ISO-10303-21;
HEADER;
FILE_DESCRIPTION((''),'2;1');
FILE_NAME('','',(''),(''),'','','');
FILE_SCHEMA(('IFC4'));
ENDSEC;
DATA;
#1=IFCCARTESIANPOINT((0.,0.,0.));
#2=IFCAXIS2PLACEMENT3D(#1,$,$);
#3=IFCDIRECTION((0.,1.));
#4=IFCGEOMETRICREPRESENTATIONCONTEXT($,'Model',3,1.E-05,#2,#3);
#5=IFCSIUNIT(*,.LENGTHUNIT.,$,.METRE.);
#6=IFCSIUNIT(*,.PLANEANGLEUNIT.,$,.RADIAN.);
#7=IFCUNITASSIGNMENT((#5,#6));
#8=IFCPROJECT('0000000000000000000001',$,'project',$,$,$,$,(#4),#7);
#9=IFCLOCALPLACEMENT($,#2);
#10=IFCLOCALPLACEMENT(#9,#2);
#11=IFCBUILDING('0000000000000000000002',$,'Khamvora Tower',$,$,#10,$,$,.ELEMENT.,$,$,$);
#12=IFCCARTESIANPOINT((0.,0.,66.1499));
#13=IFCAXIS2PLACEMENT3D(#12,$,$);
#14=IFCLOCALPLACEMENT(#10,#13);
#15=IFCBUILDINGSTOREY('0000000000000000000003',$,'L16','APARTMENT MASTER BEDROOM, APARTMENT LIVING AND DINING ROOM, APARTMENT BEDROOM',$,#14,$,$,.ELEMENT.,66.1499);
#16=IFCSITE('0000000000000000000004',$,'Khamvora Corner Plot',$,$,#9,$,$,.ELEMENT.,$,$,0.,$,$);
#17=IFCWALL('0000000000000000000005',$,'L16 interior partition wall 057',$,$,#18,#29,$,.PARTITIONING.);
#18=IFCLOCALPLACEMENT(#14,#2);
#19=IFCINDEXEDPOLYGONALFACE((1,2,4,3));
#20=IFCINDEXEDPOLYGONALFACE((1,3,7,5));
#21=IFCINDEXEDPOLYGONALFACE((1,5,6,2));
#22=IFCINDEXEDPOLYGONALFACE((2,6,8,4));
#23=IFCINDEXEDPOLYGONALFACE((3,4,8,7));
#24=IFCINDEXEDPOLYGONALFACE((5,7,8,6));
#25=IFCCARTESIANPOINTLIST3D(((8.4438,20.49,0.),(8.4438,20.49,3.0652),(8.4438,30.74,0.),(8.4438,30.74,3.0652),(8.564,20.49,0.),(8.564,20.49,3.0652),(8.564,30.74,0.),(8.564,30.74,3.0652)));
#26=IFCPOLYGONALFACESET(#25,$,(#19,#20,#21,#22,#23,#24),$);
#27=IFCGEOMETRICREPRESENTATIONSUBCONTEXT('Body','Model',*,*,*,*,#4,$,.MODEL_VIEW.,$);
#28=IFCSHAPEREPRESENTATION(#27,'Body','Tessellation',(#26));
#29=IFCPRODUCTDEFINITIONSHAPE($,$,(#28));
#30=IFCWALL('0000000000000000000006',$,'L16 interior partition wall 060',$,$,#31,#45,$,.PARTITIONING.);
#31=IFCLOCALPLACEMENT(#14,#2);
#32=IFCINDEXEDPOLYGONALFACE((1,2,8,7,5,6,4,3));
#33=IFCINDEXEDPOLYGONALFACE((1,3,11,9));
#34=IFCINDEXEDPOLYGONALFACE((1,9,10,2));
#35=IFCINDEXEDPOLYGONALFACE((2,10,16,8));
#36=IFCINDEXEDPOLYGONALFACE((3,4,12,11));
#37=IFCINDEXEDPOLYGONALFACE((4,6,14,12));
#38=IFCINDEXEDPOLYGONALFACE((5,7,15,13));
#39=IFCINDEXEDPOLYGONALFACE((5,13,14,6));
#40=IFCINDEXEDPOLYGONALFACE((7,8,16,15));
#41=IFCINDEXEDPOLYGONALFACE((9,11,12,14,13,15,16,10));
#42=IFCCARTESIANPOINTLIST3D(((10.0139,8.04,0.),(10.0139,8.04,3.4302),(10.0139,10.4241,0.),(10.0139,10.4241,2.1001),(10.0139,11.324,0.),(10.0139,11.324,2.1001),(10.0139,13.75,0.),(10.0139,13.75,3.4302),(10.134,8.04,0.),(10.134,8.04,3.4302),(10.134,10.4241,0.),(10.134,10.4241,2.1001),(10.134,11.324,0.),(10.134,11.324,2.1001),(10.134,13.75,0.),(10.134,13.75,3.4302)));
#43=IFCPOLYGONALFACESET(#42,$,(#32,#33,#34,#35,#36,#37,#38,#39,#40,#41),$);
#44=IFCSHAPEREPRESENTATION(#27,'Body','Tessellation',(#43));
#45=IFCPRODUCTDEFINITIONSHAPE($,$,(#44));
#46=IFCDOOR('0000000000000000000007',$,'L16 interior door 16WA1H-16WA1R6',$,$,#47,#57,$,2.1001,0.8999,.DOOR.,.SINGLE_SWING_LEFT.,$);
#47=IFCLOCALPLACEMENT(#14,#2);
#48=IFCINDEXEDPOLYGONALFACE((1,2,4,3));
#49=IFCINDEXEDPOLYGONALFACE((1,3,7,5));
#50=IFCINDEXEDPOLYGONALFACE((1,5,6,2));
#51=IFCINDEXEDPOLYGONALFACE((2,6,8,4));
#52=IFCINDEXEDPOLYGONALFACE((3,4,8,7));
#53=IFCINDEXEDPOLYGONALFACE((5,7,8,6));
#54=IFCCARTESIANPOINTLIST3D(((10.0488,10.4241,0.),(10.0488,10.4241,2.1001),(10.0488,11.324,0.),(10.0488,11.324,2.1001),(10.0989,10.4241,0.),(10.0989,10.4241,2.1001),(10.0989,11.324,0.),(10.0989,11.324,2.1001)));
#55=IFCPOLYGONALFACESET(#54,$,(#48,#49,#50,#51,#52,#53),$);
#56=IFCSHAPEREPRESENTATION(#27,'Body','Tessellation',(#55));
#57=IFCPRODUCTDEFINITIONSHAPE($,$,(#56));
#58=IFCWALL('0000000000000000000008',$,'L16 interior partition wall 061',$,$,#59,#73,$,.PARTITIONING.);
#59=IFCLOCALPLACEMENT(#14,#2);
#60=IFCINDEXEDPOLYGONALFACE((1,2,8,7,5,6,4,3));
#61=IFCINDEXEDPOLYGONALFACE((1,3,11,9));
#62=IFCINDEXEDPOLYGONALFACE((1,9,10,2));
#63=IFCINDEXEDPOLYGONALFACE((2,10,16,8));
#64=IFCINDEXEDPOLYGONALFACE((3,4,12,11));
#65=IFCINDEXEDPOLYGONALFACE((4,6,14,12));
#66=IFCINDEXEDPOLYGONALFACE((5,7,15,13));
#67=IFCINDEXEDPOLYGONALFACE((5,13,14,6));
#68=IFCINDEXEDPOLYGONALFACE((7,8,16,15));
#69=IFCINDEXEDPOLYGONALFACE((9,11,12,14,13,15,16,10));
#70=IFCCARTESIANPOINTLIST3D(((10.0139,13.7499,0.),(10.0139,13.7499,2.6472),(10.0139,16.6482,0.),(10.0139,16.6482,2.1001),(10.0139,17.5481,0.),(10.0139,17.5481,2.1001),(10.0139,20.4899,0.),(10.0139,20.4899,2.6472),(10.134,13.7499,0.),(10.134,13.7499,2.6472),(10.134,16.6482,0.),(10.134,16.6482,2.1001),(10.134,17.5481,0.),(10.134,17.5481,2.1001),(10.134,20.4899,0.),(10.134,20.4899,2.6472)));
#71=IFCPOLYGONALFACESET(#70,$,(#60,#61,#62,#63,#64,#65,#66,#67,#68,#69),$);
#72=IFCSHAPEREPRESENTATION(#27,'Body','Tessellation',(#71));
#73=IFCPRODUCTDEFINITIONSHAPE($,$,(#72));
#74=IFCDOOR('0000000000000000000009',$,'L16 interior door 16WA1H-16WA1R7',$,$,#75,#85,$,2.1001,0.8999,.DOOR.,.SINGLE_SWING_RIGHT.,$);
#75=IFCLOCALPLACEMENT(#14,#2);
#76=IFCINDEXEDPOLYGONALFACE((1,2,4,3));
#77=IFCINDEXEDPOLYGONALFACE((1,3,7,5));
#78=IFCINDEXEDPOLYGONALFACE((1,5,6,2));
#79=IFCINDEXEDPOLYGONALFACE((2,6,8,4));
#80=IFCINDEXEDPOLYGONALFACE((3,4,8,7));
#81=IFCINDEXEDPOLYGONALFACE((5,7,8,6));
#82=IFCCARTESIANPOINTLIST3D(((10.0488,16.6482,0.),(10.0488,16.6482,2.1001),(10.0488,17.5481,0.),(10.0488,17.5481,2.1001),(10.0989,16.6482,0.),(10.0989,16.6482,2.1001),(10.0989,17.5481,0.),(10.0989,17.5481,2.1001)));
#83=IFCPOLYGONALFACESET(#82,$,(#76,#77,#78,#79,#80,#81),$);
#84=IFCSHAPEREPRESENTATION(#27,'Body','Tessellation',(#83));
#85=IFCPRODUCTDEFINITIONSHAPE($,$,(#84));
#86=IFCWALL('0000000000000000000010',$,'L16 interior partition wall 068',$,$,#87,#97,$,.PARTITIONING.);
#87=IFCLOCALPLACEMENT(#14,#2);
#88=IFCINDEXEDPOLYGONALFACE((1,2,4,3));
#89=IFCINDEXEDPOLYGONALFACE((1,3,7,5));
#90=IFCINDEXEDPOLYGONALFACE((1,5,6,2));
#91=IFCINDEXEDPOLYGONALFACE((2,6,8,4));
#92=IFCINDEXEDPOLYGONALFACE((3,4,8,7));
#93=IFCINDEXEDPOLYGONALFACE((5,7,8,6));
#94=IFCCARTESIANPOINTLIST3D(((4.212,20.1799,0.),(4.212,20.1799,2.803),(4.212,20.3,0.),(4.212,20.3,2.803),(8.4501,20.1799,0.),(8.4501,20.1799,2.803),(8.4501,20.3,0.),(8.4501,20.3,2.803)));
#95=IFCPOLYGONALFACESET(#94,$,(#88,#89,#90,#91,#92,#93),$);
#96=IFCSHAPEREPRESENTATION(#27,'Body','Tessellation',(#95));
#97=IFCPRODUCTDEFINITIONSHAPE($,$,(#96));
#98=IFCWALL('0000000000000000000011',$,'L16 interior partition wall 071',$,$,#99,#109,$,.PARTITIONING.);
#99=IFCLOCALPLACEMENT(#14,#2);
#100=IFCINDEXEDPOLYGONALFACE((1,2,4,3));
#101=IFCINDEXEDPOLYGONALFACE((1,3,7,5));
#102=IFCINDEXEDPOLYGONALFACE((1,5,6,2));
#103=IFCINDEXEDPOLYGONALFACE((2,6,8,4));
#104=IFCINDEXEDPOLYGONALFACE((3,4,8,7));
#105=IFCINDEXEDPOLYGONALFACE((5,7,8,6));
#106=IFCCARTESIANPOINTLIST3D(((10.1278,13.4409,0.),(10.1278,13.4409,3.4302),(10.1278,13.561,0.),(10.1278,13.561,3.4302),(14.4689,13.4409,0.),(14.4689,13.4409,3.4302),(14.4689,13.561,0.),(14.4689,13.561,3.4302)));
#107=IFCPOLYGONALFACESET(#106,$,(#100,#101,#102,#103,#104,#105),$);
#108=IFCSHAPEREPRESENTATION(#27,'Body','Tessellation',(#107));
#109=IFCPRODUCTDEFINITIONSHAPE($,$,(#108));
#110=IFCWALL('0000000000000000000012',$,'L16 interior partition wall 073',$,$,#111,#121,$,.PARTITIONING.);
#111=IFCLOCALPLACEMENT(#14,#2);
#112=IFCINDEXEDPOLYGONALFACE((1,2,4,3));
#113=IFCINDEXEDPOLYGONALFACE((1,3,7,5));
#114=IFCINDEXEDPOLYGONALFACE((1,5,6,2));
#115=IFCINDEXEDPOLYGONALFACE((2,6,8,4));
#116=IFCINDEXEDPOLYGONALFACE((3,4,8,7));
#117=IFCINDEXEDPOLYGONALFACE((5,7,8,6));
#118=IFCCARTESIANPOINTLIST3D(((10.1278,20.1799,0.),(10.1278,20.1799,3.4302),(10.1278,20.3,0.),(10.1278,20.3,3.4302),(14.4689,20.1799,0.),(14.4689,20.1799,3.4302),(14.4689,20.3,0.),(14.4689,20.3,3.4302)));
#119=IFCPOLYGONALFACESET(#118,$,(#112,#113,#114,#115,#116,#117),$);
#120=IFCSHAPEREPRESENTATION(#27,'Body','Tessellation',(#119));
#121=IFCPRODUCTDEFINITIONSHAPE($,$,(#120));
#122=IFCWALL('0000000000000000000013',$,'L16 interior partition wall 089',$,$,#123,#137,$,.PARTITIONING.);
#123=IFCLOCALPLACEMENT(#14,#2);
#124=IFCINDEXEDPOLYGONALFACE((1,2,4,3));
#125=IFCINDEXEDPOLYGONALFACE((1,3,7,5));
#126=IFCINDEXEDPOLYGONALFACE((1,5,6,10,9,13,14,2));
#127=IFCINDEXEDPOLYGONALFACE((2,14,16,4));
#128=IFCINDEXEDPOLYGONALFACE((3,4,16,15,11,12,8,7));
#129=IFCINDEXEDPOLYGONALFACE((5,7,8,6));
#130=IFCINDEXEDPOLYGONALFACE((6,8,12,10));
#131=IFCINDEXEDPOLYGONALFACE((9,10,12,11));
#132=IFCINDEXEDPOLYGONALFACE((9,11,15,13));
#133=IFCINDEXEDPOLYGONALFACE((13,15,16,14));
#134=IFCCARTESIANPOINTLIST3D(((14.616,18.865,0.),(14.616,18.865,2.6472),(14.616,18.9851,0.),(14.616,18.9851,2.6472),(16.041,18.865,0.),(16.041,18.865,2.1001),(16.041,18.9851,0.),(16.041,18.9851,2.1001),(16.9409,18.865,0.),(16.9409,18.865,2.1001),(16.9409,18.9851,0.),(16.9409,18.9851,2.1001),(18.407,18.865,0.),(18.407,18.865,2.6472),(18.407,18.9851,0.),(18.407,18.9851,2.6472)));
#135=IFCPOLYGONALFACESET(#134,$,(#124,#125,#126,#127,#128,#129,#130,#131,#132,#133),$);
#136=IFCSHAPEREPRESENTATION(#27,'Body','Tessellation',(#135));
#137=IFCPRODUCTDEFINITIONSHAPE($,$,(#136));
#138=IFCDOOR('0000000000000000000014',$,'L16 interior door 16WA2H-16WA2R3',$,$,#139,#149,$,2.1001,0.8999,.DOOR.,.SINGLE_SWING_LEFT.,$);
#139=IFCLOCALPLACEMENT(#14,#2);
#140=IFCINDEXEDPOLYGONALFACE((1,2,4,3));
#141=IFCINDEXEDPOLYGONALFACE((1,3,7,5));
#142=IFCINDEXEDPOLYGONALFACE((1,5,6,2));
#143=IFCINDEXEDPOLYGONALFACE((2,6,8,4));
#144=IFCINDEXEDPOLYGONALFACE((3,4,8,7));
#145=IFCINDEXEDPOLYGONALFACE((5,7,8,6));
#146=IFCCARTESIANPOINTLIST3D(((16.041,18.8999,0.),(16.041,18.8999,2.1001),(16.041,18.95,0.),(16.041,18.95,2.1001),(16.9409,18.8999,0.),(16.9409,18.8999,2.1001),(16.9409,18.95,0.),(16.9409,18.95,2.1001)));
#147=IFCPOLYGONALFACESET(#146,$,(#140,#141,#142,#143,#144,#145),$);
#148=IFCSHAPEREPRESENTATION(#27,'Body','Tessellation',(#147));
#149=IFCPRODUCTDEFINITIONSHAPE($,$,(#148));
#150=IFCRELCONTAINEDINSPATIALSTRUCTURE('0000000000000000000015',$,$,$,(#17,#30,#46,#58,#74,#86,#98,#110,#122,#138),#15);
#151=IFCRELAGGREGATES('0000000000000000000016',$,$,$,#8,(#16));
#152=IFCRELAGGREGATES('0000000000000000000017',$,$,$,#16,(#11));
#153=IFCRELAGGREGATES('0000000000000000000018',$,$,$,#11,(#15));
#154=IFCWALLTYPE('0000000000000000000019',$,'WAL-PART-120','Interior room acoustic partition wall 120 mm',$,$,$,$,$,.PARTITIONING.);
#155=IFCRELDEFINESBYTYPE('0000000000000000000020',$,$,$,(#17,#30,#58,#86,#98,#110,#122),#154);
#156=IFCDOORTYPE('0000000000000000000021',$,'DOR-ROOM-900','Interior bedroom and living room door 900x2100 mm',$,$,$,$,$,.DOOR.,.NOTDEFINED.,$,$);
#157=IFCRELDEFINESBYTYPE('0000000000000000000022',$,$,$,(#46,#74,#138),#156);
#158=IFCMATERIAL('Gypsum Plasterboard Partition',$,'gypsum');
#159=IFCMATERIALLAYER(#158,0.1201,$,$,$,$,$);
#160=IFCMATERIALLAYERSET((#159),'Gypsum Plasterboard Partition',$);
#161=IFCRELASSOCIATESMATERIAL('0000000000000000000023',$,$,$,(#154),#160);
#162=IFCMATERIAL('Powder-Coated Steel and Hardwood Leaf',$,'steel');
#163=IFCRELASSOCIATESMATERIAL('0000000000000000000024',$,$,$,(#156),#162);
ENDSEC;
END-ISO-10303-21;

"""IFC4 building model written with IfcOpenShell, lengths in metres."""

from ifc_helpers import new_model, si_unit, direction, frame, frame_2d, origin, place, context, subcontext, project, spatial, rectangle, extrude, material, layer, layer_set, type_object, element, fill, save


model = new_model("IFC4")

# Units and contexts
model_context = context("Model", 3, precision=1e-05, world=origin(), true_north=direction((0.0, 1.0)))
body_context = subcontext(model_context, "Body", "Model", "MODEL_VIEW")
ifc_project = project(units=[si_unit("LENGTHUNIT", "METRE"), si_unit("PLANEANGLEUNIT", "RADIAN")], contexts=[model_context])

# Site, building, storey
site_placement = place(None, origin())
site = spatial("IfcSite", under=ifc_project, at=site_placement, Name="Khamvora Corner Plot", CompositionType="ELEMENT", RefElevation=0.0)
building_placement = place(site_placement, origin())
building = spatial("IfcBuilding", under=site, at=building_placement, Name="Khamvora Tower", CompositionType="ELEMENT")
storey_placement = place(building_placement, frame((0.0, 0.0, 66.1499)))
storey = spatial("IfcBuildingStorey", under=building, at=storey_placement, Name="L16", Description="APARTMENT MASTER BEDROOM, APARTMENT LIVING AND DINING ROOM, APARTMENT BEDROOM", CompositionType="ELEMENT", Elevation=66.1499)

# Shared definitions
ifc_material_1 = material(Name="Gypsum Plasterboard Partition", Category="gypsum")
ifc_layer_1 = layer(ifc_material_1, 0.1201)
ifc_layer_set_1 = layer_set([ifc_layer_1], Name="Gypsum Plasterboard Partition")
wall_type_1 = type_object("IfcWallType", Name="WAL-PART-120", Description="Interior room acoustic partition wall 120 mm", PredefinedType="PARTITIONING", material=ifc_layer_set_1)
ifc_material_2 = material(Name="Powder-Coated Steel and Hardwood Leaf", Category="steel")
door_type = type_object("IfcDoorType", Name="DOR-ROOM-900", Description="Interior bedroom and living room door 900x2100 mm", OperationType="NOTDEFINED", PredefinedType="DOOR", material=ifc_material_2)

# Wall
wall_1_placement = place(storey_placement, frame((8.5039, 20.49, 0.0), z_axis=(0.0, 0.0, 1.0), x_axis=(0.0, 1.0, 0.0)))
element("IfcWall", 1, at=wall_1_placement, inside=storey, type_object=wall_type_1, Name="L16 interior partition wall 057", PredefinedType="PARTITIONING", context=body_context, shape_type="SweptSolid", body=[
    extrude(rectangle(XDim=10.25, YDim=0.1201, at=frame_2d((5.125, 0.0))), origin(), (0.0, 0.0, 1.0), 3.0652),
])

# Walls, openings, doors
wall_2_placement = place(storey_placement, frame((10.074, 13.75, 0.0), z_axis=(0.0, 0.0, 1.0), x_axis=(0.0, -1.0, 0.0)))
wall_2 = element("IfcWall", 2, at=wall_2_placement, inside=storey, type_object=wall_type_1, Name="L16 interior partition wall 060", PredefinedType="PARTITIONING", context=body_context, shape_type="SweptSolid", body=[
    extrude(rectangle(XDim=5.71, YDim=0.1201, at=frame_2d((2.855, 0.0))), origin(), (0.0, 0.0, 1.0), 3.4302),
])
opening_1_placement = place(wall_2_placement, frame((2.426, 0.0, 0.0)))
opening_1 = element("IfcOpeningElement", 3, at=opening_1_placement, cuts=wall_2, PredefinedType="OPENING", context=body_context, shape_type="SweptSolid", body=[
    extrude(rectangle(XDim=0.8999, YDim=2.1001, at=frame_2d((0.45, 1.05))), frame((0.0, 0.0701, 0.0), z_axis=(0.0, -1.0, 0.0), x_axis=(1.0, 0.0, 0.0)), (0.0, 0.0, 1.0), 0.1401),
])
door_1_placement = place(opening_1_placement, origin())
door_1 = element("IfcDoor", 4, at=door_1_placement, inside=storey, type_object=door_type, Name="L16 interior door 16WA1H-16WA1R6", OperationType="SINGLE_SWING_LEFT", OverallHeight=2.1001, OverallWidth=0.8999, PredefinedType="DOOR", context=body_context, shape_type="SweptSolid", body=[
    extrude(rectangle(XDim=0.8999, YDim=2.1001, at=frame_2d((0.45, 1.05))), frame((0.0, 0.0249, 0.0), z_axis=(0.0, -1.0, 0.0), x_axis=(1.0, 0.0, 0.0)), (0.0, 0.0, 1.0), 0.05),
])
fill(opening_1, door_1)
wall_3_placement = place(storey_placement, frame((10.074, 20.49, 0.0), z_axis=(0.0, 0.0, 1.0), x_axis=(0.0, -1.0, 0.0)))
wall_3 = element("IfcWall", 5, at=wall_3_placement, inside=storey, type_object=wall_type_1, Name="L16 interior partition wall 061", PredefinedType="PARTITIONING", context=body_context, shape_type="SweptSolid", body=[
    extrude(rectangle(XDim=6.74, YDim=0.1201, at=frame_2d((3.3701, 0.0))), origin(), (0.0, 0.0, 1.0), 2.6472),
])
opening_2_placement = place(wall_3_placement, frame((2.9419, 0.0, 0.0)))
opening_2 = element("IfcOpeningElement", 6, at=opening_2_placement, cuts=wall_3, PredefinedType="OPENING", context=body_context, shape_type="SweptSolid", body=[
    extrude(rectangle(XDim=0.8999, YDim=2.1001, at=frame_2d((0.45, 1.05))), frame((0.0, 0.0701, 0.0), z_axis=(0.0, -1.0, 0.0), x_axis=(1.0, 0.0, 0.0)), (0.0, 0.0, 1.0), 0.1401),
])
door_2_placement = place(opening_2_placement, origin())
door_2 = element("IfcDoor", 7, at=door_2_placement, inside=storey, type_object=door_type, Name="L16 interior door 16WA1H-16WA1R7", OperationType="SINGLE_SWING_RIGHT", OverallHeight=2.1001, OverallWidth=0.8999, PredefinedType="DOOR", context=body_context, shape_type="SweptSolid", body=[
    extrude(rectangle(XDim=0.8999, YDim=2.1001, at=frame_2d((0.45, 1.05))), frame((0.0, 0.0249, 0.0), z_axis=(0.0, -1.0, 0.0), x_axis=(1.0, 0.0, 0.0)), (0.0, 0.0, 1.0), 0.05),
])
fill(opening_2, door_2)

# Walls
wall_4_placement = place(storey_placement, frame((4.2119, 20.24, 0.0), z_axis=(0.0, 0.0, 1.0), x_axis=(1.0, 0.0, 0.0)))
element("IfcWall", 8, at=wall_4_placement, inside=storey, type_object=wall_type_1, Name="L16 interior partition wall 068", PredefinedType="PARTITIONING", context=body_context, shape_type="SweptSolid", body=[
    extrude(rectangle(XDim=4.238, YDim=0.1201, at=frame_2d((2.1191, 0.0))), origin(), (0.0, 0.0, 1.0), 2.803),
])
for number, where, z_axis, x_axis, name in (
    (9, (10.1279, 13.501, 0.0), (0.0, 0.0, 1.0), (1.0, 0.0, 0.0), "L16 interior partition wall 071"),
    (10, (10.1279, 20.24, 0.0), (0.0, 0.0, 1.0), (1.0, 0.0, 0.0), "L16 interior partition wall 073"),
):
    element("IfcWall", number, at=place(storey_placement, frame(where, z_axis=z_axis, x_axis=x_axis)), inside=storey, type_object=wall_type_1, Name=name, PredefinedType="PARTITIONING", context=body_context, shape_type="SweptSolid", body=[
        extrude(rectangle(XDim=4.3411, YDim=0.1201, at=frame_2d((2.1704, 0.0))), origin(), (0.0, 0.0, 1.0), 3.4302),
    ])

# Wall, opening, door
wall_5_placement = place(storey_placement, frame((14.616, 18.925, 0.0), z_axis=(0.0, 0.0, 1.0), x_axis=(1.0, 0.0, 0.0)))
wall_5 = element("IfcWall", 11, at=wall_5_placement, inside=storey, type_object=wall_type_1, Name="L16 interior partition wall 089", PredefinedType="PARTITIONING", context=body_context, shape_type="SweptSolid", body=[
    extrude(rectangle(XDim=3.791, YDim=0.1201, at=frame_2d((1.8955, 0.0))), origin(), (0.0, 0.0, 1.0), 2.6472),
])
opening_3_placement = place(wall_5_placement, frame((1.425, 0.0, 0.0)))
opening_3 = element("IfcOpeningElement", 12, at=opening_3_placement, cuts=wall_5, PredefinedType="OPENING", context=body_context, shape_type="SweptSolid", body=[
    extrude(rectangle(XDim=0.8999, YDim=2.1001, at=frame_2d((0.45, 1.05))), frame((0.0, 0.0701, 0.0), z_axis=(0.0, -1.0, 0.0), x_axis=(1.0, 0.0, 0.0)), (0.0, 0.0, 1.0), 0.1401),
])
door_3_placement = place(opening_3_placement, origin())
door_3 = element("IfcDoor", 13, at=door_3_placement, inside=storey, type_object=door_type, Name="L16 interior door 16WA2H-16WA2R3", OperationType="SINGLE_SWING_LEFT", OverallHeight=2.1001, OverallWidth=0.8999, PredefinedType="DOOR", context=body_context, shape_type="SweptSolid", body=[
    extrude(rectangle(XDim=0.8999, YDim=2.1001, at=frame_2d((0.45, 1.05))), frame((0.0, 0.0249, 0.0), z_axis=(0.0, -1.0, 0.0), x_axis=(1.0, 0.0, 0.0)), (0.0, 0.0, 1.0), 0.05),
])
fill(opening_3, door_3)

save(model, "model.ifc")
